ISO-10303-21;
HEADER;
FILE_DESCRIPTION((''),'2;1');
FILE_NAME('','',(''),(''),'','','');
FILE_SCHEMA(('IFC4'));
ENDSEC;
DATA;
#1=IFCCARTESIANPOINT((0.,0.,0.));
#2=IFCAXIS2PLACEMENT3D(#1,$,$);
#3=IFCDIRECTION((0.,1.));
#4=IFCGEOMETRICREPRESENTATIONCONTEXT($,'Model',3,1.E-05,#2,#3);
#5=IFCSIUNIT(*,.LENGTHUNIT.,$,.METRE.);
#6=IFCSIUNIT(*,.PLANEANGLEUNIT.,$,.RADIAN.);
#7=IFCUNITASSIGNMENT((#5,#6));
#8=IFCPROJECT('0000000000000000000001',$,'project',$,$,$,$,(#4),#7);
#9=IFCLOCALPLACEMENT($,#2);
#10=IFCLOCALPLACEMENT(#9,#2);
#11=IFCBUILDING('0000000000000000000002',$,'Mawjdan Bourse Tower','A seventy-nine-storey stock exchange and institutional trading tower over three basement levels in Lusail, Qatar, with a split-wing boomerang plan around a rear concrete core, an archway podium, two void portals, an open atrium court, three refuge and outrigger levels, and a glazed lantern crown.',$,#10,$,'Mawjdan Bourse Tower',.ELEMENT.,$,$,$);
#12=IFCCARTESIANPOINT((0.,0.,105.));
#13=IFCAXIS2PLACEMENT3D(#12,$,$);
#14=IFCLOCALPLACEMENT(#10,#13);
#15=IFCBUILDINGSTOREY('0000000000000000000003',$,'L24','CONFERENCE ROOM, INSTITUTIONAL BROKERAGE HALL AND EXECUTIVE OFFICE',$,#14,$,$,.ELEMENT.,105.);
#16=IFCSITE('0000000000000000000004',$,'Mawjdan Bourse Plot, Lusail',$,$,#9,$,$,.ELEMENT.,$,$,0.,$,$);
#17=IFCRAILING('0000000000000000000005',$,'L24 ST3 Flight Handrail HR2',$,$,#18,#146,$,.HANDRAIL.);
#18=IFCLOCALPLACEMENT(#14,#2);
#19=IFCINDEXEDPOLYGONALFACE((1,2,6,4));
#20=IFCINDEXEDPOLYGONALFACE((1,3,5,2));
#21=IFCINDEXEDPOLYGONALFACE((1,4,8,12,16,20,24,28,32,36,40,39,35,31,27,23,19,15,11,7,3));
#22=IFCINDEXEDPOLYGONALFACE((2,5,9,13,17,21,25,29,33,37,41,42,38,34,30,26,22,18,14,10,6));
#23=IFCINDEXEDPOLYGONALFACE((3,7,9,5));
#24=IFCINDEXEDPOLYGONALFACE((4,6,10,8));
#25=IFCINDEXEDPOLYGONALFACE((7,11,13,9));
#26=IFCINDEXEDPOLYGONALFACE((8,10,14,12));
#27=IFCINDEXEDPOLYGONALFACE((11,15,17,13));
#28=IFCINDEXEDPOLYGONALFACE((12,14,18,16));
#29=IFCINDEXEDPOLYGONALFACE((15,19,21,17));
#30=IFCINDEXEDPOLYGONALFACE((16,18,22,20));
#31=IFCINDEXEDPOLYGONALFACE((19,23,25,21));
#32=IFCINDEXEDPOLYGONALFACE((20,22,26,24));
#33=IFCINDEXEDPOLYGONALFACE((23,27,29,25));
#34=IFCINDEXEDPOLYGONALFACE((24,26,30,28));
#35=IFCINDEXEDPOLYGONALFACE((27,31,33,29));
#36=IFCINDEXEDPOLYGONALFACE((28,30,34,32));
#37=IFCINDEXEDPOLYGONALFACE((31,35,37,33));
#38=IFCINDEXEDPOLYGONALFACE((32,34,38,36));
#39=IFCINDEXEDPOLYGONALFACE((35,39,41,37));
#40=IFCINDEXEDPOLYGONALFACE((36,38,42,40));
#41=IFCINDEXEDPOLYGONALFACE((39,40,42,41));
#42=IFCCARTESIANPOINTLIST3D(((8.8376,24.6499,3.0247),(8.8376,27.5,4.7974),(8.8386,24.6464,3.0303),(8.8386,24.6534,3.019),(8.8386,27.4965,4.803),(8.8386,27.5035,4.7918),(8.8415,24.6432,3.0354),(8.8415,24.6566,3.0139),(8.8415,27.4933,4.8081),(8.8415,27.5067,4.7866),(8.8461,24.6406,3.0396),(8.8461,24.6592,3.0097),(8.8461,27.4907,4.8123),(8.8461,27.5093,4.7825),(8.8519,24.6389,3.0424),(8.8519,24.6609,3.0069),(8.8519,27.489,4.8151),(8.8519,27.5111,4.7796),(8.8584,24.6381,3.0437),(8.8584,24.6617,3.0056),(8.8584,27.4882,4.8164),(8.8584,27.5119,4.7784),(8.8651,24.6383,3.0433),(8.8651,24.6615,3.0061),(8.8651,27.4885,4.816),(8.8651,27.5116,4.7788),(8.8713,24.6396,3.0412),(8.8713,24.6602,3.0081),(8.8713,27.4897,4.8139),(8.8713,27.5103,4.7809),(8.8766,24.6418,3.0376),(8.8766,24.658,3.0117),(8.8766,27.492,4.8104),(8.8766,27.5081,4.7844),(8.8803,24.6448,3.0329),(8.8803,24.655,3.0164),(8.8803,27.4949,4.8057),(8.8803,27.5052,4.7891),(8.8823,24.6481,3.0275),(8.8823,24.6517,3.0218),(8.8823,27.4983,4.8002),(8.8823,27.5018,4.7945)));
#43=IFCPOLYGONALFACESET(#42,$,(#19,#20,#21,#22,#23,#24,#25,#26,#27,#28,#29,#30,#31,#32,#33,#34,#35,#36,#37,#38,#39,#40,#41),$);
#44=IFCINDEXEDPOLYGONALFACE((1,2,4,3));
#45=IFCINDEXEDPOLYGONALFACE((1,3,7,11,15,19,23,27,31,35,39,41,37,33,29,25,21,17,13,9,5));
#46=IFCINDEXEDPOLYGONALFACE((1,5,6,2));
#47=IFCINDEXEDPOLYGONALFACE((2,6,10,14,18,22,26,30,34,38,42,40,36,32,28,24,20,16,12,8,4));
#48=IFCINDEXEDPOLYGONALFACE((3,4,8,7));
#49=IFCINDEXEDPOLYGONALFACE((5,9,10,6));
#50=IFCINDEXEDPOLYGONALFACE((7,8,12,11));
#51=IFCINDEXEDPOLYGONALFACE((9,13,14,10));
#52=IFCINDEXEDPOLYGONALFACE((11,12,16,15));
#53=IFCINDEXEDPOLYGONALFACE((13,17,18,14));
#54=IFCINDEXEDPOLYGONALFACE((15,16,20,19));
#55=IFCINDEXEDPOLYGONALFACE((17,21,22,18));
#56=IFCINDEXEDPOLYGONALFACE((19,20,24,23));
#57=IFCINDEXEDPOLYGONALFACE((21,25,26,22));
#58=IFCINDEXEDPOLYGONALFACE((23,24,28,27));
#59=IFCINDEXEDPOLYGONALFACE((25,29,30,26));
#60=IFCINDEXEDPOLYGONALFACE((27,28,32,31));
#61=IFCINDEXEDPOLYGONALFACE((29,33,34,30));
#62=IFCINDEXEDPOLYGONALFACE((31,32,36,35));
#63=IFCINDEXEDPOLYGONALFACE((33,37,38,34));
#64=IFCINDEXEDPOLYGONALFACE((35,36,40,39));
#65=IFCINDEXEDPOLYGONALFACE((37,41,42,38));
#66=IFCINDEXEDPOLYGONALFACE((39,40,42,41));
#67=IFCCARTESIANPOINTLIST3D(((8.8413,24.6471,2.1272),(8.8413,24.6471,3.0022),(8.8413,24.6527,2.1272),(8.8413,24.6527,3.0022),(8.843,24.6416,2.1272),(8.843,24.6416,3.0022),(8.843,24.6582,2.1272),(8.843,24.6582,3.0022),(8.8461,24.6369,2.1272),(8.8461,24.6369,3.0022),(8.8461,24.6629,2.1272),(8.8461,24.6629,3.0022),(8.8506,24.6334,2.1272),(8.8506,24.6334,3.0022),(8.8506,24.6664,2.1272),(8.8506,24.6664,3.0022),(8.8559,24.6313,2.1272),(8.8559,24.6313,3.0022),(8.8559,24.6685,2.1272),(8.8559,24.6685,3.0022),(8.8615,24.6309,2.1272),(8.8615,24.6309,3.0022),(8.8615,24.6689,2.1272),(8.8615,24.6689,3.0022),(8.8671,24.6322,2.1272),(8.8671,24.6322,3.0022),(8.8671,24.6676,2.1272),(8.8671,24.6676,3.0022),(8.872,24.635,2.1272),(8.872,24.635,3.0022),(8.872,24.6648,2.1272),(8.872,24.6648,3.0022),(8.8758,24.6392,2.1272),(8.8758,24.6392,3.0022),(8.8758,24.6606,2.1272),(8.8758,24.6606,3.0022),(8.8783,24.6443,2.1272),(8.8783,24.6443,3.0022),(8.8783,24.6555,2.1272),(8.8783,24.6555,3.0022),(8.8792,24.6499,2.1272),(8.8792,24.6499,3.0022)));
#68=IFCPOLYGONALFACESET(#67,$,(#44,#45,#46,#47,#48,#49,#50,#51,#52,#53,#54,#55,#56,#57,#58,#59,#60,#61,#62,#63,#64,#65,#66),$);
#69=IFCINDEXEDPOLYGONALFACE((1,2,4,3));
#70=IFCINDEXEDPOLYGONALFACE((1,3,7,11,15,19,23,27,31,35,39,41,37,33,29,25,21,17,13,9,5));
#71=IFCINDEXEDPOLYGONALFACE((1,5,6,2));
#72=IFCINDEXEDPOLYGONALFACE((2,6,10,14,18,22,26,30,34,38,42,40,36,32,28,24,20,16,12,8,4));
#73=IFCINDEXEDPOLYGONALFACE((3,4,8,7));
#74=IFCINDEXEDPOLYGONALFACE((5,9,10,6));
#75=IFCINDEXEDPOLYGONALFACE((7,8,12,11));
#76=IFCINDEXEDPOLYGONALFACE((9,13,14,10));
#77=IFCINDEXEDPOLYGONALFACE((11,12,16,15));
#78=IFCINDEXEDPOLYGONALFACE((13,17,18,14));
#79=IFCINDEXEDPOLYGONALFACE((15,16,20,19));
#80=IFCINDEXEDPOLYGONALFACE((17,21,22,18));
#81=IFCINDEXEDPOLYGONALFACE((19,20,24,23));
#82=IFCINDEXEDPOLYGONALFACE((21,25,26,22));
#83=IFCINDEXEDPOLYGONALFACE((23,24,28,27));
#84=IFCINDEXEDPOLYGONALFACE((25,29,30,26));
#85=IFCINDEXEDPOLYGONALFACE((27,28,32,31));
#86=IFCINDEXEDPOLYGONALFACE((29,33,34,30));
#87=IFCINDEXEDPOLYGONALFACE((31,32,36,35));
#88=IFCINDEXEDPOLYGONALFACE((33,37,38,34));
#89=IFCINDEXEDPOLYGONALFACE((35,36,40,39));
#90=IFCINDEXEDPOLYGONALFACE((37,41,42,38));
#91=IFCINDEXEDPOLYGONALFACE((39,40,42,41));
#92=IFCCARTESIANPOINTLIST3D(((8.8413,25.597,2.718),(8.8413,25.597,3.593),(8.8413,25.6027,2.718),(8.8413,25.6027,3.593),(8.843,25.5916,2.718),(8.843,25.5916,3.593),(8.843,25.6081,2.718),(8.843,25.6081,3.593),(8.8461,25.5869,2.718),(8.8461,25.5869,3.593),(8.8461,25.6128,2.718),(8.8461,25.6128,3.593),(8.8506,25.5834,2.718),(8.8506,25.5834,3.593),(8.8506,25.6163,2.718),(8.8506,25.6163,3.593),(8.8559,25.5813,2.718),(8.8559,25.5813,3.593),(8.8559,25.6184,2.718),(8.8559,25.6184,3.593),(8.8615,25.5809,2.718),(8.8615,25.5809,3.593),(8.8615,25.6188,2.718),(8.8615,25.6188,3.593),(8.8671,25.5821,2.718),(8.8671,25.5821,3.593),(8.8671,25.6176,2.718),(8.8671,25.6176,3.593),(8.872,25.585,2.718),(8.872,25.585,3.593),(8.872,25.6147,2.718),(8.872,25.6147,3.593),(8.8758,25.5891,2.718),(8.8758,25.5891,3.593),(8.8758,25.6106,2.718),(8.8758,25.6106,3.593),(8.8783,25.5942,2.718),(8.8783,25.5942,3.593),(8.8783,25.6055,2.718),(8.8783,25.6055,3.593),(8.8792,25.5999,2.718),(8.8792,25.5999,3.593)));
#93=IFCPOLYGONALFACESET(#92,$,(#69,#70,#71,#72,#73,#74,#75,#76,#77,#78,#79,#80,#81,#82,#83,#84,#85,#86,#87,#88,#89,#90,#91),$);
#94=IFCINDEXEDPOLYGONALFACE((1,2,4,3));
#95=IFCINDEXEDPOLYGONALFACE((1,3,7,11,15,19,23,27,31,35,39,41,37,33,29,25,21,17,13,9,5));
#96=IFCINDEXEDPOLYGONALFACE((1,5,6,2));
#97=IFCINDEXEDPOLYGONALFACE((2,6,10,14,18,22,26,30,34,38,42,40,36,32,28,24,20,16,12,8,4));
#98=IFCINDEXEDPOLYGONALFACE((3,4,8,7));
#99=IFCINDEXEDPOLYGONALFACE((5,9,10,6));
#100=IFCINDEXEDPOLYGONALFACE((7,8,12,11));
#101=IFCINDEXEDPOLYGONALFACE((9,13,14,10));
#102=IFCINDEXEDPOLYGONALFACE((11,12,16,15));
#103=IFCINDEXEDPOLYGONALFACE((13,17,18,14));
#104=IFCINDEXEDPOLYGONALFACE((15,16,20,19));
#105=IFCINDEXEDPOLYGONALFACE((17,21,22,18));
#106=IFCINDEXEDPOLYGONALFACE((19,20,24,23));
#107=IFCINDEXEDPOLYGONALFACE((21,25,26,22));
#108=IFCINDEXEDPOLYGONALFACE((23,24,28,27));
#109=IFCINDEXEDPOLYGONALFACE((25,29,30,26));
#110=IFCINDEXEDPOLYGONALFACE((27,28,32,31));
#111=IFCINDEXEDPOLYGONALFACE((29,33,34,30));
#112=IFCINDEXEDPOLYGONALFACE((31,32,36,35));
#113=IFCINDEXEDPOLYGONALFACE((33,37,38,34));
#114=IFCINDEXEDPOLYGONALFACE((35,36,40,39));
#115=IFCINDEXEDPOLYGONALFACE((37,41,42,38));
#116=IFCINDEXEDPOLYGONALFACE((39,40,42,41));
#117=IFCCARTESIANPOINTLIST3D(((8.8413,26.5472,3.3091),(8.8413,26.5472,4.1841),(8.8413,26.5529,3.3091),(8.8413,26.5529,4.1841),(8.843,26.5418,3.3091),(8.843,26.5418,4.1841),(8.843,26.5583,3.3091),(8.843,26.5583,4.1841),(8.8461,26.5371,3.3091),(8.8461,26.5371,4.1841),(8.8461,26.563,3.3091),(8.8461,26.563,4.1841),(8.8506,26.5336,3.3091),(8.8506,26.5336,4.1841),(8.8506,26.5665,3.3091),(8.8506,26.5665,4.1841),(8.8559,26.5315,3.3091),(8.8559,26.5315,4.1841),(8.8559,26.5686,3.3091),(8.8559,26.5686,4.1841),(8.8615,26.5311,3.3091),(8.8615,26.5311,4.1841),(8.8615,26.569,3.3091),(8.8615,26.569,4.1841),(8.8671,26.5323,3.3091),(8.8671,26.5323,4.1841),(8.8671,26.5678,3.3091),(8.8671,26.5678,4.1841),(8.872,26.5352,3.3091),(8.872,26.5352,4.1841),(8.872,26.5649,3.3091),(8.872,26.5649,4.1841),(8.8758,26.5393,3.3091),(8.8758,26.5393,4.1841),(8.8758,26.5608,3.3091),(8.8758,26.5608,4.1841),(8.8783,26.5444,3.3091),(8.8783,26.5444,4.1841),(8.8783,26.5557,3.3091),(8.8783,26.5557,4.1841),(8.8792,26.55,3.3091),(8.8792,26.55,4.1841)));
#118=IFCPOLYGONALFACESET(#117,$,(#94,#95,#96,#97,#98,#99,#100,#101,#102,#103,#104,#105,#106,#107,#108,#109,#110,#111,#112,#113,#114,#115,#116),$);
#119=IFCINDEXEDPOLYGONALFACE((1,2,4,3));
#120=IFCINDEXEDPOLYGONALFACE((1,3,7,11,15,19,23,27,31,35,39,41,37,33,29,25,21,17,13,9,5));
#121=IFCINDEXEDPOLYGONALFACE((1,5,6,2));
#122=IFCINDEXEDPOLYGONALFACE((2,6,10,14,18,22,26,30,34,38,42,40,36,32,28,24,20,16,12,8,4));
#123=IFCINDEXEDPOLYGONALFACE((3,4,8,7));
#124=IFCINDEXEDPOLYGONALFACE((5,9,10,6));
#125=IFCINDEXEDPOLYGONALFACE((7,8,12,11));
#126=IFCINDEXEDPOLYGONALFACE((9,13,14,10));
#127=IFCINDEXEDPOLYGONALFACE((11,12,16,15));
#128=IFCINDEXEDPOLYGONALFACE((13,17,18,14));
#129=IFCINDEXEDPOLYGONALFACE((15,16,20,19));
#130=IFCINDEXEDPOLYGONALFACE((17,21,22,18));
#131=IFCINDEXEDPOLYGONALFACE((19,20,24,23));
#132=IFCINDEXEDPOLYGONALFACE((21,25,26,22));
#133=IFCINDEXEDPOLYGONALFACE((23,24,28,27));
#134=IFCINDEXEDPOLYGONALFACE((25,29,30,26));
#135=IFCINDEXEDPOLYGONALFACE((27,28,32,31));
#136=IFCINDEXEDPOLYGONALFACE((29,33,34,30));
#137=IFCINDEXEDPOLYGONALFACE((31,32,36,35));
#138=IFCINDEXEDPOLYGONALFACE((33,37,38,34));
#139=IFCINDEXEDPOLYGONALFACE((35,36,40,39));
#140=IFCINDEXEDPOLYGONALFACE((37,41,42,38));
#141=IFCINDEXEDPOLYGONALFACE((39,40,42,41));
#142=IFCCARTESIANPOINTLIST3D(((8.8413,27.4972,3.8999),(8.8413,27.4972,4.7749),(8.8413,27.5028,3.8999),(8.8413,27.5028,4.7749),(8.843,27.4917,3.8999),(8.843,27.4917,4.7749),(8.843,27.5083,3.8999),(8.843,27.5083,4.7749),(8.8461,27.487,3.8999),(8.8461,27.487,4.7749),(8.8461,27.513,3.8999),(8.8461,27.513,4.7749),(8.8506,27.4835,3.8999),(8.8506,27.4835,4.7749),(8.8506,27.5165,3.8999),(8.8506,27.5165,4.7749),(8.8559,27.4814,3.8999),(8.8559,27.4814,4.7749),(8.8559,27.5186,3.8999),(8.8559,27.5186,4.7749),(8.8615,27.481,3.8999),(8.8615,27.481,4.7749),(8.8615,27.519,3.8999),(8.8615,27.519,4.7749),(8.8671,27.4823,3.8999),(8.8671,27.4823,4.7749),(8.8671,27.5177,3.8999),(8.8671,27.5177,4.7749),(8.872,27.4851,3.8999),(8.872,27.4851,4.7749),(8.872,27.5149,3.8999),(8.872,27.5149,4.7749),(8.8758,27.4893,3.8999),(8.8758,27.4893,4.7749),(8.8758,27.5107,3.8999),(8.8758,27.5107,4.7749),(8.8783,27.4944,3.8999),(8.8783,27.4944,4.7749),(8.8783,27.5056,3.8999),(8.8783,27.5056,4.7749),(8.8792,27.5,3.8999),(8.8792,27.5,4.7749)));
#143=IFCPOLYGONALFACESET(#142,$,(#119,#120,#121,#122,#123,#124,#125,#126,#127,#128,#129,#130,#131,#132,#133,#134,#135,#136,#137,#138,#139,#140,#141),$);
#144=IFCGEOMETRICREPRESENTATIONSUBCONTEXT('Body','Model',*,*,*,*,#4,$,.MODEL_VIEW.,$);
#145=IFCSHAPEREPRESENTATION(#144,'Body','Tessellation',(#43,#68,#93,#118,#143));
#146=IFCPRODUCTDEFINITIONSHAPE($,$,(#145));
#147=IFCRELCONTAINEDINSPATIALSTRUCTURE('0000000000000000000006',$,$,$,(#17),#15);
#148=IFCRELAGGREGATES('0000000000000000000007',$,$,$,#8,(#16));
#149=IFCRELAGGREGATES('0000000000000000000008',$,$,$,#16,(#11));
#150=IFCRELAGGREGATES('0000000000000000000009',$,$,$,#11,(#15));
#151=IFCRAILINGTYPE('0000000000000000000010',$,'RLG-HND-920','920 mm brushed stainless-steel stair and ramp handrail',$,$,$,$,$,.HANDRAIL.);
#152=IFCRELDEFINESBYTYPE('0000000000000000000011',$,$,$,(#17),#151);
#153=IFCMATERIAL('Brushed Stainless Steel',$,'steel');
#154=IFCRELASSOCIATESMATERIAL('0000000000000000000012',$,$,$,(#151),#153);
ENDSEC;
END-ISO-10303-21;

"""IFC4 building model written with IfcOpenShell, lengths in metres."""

from ifc_helpers import new_model, si_unit, direction, frame, origin, origin_2d, place, context, subcontext, project, spatial, circle, extrude, material, type_object, element, save


model = new_model("IFC4")

# Units and contexts
model_context = context("Model", 3, precision=1e-05, world=origin(), true_north=direction((0.0, 1.0)))
body_context = subcontext(model_context, "Body", "Model", "MODEL_VIEW")
ifc_project = project(units=[si_unit("LENGTHUNIT", "METRE"), si_unit("PLANEANGLEUNIT", "RADIAN")], contexts=[model_context])

# Site, building, storey
site_placement = place(None, origin())
site = spatial("IfcSite", under=ifc_project, at=site_placement, Name="Mawjdan Bourse Plot, Lusail", CompositionType="ELEMENT", RefElevation=0.0)
building_placement = place(site_placement, origin())
building = spatial("IfcBuilding", under=site, at=building_placement, Name="Mawjdan Bourse Tower", Description="A seventy-nine-storey stock exchange and institutional trading tower over three basement levels in Lusail, Qatar, with a split-wing boomerang plan around a rear concrete core, an archway podium, two void portals, an open atrium court, three refuge and outrigger levels, and a glazed lantern crown.", LongName="Mawjdan Bourse Tower", CompositionType="ELEMENT")
storey_placement = place(building_placement, frame((0.0, 0.0, 105.0)))
storey = spatial("IfcBuildingStorey", under=building, at=storey_placement, Name="L24", Description="CONFERENCE ROOM, INSTITUTIONAL BROKERAGE HALL AND EXECUTIVE OFFICE", CompositionType="ELEMENT", Elevation=105.0)

# Railing
ifc_material_1 = material(Name="Brushed Stainless Steel", Category="steel")
railing_type_1 = type_object("IfcRailingType", Name="RLG-HND-920", Description="920 mm brushed stainless-steel stair and ramp handrail", PredefinedType="HANDRAIL", material=ifc_material_1)
railing_1_placement = place(storey_placement, frame((8.8601, 24.6499, 2.1272)))
element("IfcRailing", 1, at=railing_1_placement, inside=storey, type_object=railing_type_1, Name="L24 ST3 Flight Handrail HR2", PredefinedType="HANDRAIL", context=body_context, shape_type="SweptSolid", body=[
    extrude(circle(Radius=0.0225, at=origin_2d()), frame((0.0, 0.0, 0.8975), z_axis=(0.0, 0.849149, 0.528154), x_axis=(-1.0, 0.0, 0.0)), (0.0, 0.0, 1.0), 3.3564),
    extrude(circle(Radius=0.019, at=origin_2d()), origin(), (0.0, 0.0, 1.0), 0.875),
    extrude(circle(Radius=0.019, at=origin_2d()), frame((0.0, 0.95, 0.5908)), (0.0, 0.0, 1.0), 0.875),
    extrude(circle(Radius=0.019, at=origin_2d()), frame((0.0, 1.9001, 1.1819)), (0.0, 0.0, 1.0), 0.875),
    extrude(circle(Radius=0.019, at=origin_2d()), frame((0.0, 2.8501, 1.7727)), (0.0, 0.0, 1.0), 0.875),
])

save(model, "model.ifc")
